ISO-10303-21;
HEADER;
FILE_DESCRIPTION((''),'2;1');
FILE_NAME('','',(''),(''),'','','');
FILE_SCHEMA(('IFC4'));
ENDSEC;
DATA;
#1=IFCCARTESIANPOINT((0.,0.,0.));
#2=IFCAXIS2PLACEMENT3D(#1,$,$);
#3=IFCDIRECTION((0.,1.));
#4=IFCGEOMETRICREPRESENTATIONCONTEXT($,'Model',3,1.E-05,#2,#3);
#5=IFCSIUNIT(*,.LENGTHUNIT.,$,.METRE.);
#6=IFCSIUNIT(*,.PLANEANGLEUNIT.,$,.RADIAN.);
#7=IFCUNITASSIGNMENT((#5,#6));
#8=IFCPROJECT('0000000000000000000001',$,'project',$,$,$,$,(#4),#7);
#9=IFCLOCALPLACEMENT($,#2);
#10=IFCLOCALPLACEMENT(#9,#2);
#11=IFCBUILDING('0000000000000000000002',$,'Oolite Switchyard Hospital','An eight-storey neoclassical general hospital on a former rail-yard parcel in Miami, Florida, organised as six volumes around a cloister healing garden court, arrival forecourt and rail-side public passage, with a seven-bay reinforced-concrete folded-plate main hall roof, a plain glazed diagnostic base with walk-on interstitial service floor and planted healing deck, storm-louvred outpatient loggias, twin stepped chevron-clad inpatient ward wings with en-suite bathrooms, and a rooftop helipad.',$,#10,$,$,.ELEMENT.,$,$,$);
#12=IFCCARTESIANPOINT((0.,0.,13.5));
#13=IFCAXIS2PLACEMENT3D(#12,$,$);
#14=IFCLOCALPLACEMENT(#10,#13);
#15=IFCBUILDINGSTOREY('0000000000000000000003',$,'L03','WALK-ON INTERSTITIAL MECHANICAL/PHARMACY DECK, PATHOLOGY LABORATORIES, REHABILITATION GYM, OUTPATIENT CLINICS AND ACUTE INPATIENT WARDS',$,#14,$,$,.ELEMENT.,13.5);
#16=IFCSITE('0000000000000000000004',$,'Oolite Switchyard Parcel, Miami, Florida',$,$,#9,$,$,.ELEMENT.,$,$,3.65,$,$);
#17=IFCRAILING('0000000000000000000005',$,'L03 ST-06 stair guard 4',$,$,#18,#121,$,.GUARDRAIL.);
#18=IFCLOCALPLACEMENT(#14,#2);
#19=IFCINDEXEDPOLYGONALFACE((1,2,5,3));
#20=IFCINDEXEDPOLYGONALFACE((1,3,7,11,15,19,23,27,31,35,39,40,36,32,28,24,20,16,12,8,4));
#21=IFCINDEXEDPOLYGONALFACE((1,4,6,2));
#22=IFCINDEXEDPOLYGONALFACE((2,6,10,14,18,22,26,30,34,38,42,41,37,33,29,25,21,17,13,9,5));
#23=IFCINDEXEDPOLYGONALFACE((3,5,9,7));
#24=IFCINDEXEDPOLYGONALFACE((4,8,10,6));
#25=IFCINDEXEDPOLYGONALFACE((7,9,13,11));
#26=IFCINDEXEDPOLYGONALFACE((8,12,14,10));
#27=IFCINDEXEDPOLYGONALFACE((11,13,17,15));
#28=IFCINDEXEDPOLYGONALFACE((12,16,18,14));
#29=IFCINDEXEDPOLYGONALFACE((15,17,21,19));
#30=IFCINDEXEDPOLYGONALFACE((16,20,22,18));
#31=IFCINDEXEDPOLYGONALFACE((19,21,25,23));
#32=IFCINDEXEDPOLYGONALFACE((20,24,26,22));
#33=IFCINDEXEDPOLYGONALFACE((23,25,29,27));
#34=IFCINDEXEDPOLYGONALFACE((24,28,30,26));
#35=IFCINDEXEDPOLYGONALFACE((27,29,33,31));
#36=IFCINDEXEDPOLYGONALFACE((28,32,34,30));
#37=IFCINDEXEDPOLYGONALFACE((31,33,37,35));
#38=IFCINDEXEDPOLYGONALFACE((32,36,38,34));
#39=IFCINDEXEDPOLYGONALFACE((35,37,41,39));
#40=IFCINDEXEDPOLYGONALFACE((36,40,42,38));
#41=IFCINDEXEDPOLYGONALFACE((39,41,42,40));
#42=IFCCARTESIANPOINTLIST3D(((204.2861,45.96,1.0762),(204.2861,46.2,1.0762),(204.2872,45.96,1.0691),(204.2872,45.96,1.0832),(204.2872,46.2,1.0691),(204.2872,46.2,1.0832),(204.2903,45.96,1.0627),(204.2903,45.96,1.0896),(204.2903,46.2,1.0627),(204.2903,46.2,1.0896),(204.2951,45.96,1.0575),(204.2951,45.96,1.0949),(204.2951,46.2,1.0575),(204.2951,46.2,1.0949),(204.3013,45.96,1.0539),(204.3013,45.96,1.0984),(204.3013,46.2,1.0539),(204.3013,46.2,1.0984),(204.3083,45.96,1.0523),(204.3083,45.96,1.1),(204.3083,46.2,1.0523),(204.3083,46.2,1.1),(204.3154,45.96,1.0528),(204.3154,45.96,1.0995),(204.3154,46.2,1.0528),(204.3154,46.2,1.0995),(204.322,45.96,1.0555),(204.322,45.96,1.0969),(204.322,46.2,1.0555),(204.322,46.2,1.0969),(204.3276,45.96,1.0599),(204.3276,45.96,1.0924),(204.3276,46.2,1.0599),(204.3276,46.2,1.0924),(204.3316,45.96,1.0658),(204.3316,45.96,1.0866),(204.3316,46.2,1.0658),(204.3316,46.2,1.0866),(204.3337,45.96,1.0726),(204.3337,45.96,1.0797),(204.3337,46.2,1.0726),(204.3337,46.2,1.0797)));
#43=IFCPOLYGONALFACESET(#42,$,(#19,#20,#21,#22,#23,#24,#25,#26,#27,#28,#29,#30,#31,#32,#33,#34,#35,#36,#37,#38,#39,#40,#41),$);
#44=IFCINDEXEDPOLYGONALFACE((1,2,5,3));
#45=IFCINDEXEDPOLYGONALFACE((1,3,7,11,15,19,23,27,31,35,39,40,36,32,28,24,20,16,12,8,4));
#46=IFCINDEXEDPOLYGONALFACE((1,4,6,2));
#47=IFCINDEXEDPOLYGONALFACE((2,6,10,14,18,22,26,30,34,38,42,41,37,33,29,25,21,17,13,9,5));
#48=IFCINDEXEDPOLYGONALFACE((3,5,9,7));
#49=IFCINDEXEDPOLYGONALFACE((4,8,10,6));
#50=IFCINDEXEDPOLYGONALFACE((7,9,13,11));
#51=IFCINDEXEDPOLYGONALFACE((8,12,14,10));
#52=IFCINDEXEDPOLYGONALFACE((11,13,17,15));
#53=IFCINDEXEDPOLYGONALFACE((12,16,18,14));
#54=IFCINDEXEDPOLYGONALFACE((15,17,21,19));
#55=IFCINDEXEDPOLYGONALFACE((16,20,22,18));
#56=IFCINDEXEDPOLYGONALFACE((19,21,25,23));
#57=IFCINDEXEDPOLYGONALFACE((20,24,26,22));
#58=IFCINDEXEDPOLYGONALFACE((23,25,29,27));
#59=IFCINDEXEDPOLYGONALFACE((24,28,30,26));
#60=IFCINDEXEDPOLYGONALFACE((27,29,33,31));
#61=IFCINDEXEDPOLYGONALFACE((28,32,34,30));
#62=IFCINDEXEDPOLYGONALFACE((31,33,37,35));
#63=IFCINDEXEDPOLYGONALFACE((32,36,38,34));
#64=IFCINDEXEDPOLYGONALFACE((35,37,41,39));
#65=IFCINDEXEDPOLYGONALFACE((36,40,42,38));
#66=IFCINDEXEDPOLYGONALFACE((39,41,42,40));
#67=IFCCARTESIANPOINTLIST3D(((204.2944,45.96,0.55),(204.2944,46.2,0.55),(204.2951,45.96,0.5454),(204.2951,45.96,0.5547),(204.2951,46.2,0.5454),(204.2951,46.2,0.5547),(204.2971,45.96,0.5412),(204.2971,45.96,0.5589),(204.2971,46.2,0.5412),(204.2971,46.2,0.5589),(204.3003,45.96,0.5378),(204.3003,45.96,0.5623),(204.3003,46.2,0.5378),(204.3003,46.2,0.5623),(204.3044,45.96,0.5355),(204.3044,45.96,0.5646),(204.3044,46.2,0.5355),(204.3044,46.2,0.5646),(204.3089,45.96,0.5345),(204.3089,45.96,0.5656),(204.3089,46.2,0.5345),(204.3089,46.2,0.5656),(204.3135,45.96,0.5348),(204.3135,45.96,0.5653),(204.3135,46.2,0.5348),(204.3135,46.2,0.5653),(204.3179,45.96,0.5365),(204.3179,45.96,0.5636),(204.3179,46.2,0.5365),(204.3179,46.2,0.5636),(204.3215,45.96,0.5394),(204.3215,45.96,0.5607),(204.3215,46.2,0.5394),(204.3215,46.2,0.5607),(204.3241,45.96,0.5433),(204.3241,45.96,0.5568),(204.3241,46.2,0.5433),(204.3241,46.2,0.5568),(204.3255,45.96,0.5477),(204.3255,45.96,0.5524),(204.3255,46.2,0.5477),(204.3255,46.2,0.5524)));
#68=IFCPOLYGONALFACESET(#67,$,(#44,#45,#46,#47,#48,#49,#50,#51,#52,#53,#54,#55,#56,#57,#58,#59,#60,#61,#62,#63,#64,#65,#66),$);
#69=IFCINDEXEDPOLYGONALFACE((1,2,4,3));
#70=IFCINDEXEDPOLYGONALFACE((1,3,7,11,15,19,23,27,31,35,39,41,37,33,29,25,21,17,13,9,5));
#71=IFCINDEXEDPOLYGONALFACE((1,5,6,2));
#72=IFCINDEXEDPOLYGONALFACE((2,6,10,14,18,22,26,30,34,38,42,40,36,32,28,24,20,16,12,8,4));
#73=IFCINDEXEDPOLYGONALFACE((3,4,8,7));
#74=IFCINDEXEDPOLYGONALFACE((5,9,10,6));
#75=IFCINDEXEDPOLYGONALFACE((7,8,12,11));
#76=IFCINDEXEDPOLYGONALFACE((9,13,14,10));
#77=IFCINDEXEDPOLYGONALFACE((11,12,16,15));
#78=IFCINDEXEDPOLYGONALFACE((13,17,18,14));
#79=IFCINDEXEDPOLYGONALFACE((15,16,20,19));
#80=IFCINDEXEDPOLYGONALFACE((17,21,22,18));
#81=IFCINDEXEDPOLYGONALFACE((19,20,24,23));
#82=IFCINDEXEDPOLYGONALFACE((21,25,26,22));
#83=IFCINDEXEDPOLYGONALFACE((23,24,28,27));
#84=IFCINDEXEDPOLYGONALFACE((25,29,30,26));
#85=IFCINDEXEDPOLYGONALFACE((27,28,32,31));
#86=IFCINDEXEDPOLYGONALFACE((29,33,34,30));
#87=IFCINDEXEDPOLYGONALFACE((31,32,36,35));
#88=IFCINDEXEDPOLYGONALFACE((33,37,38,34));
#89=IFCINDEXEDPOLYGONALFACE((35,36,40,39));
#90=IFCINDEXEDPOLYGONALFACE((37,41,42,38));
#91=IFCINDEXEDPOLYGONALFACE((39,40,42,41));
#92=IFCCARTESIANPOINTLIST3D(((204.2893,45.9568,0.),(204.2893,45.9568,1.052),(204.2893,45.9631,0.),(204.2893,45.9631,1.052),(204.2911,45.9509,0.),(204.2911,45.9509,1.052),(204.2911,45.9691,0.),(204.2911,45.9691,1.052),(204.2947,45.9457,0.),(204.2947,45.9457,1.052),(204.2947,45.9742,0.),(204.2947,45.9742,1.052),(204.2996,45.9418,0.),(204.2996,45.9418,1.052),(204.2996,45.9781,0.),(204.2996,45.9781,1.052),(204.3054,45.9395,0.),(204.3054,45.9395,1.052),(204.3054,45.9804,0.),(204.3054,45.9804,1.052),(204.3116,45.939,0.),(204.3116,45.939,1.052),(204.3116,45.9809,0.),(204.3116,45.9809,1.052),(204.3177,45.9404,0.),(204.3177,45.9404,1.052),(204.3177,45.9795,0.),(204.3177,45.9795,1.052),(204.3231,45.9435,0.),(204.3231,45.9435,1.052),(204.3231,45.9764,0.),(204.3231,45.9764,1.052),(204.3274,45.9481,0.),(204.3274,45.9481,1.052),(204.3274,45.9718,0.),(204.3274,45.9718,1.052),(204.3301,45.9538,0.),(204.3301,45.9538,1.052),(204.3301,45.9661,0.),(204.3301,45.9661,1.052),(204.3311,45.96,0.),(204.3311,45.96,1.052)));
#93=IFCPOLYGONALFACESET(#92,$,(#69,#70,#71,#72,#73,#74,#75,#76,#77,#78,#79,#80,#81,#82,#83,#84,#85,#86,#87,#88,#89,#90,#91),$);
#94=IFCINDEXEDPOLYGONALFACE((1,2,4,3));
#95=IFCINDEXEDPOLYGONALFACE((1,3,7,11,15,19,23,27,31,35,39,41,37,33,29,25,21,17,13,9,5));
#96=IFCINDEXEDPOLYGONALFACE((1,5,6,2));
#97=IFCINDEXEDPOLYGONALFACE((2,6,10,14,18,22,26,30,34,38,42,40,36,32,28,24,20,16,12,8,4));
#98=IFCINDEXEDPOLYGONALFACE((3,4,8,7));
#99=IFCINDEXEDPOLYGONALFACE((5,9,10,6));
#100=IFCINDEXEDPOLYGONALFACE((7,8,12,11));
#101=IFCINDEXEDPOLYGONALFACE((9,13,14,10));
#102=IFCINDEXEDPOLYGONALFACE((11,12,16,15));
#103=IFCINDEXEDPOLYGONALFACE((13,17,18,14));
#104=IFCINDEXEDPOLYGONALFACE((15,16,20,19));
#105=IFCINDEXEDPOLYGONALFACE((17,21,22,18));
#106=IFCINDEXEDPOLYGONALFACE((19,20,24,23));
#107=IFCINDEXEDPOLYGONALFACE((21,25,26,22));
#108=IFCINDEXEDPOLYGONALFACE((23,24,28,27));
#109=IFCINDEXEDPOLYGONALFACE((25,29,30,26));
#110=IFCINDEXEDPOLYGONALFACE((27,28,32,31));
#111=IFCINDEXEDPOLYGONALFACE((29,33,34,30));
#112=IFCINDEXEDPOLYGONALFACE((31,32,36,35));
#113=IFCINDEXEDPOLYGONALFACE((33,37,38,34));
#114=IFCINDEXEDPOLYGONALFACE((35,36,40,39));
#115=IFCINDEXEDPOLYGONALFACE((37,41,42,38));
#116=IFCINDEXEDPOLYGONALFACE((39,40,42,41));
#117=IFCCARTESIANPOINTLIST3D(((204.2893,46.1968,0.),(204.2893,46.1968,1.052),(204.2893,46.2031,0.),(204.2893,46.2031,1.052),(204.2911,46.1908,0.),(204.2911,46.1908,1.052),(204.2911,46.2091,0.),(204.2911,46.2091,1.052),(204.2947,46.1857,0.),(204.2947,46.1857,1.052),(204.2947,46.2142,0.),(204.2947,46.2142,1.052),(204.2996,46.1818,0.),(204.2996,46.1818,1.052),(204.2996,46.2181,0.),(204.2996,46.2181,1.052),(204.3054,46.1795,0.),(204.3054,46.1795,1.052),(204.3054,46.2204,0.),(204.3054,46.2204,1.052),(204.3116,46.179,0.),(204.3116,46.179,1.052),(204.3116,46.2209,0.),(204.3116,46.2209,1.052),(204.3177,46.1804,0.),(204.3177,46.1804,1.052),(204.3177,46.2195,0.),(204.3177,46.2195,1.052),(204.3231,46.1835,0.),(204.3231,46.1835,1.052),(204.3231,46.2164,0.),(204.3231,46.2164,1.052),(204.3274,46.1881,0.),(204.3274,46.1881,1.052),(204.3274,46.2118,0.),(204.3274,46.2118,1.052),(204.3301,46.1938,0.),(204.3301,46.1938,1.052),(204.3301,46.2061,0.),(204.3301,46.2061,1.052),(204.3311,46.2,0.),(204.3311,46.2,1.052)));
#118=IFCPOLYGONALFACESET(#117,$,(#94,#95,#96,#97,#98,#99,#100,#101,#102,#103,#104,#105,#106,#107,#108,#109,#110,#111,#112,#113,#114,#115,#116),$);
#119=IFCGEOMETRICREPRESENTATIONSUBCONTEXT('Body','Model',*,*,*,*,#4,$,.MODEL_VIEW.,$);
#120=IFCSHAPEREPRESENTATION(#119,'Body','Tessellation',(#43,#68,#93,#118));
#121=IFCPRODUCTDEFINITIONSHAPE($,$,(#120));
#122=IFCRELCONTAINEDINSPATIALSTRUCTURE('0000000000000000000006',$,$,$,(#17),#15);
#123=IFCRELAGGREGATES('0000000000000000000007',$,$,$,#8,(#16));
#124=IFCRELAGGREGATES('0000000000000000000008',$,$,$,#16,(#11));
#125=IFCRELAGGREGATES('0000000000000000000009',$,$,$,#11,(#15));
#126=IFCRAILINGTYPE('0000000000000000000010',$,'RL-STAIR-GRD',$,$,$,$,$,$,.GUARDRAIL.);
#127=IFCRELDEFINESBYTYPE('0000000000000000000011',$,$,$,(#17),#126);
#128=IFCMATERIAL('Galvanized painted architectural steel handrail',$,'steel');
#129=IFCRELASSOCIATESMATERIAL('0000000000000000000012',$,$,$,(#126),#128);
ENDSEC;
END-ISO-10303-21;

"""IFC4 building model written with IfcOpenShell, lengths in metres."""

from ifc_helpers import new_model, si_unit, direction, frame, origin, origin_2d, place, context, subcontext, project, spatial, circle, extrude, material, type_object, element, save


model = new_model("IFC4")

# Units and contexts
model_context = context("Model", 3, precision=1e-05, world=origin(), true_north=direction((0.0, 1.0)))
body_context = subcontext(model_context, "Body", "Model", "MODEL_VIEW")
ifc_project = project(units=[si_unit("LENGTHUNIT", "METRE"), si_unit("PLANEANGLEUNIT", "RADIAN")], contexts=[model_context])

# Site, building, storey
site_placement = place(None, origin())
site = spatial("IfcSite", under=ifc_project, at=site_placement, Name="Oolite Switchyard Parcel, Miami, Florida", CompositionType="ELEMENT", RefElevation=3.65)
building_placement = place(site_placement, origin())
building = spatial("IfcBuilding", under=site, at=building_placement, Name="Oolite Switchyard Hospital", Description="An eight-storey neoclassical general hospital on a former rail-yard parcel in Miami, Florida, organised as six volumes around a cloister healing garden court, arrival forecourt and rail-side public passage, with a seven-bay reinforced-concrete folded-plate main hall roof, a plain glazed diagnostic base with walk-on interstitial service floor and planted healing deck, storm-louvred outpatient loggias, twin stepped chevron-clad inpatient ward wings with en-suite bathrooms, and a rooftop helipad.", CompositionType="ELEMENT")
storey_placement = place(building_placement, frame((0.0, 0.0, 13.5)))
storey = spatial("IfcBuildingStorey", under=building, at=storey_placement, Name="L03", Description="WALK-ON INTERSTITIAL MECHANICAL/PHARMACY DECK, PATHOLOGY LABORATORIES, REHABILITATION GYM, OUTPATIENT CLINICS AND ACUTE INPATIENT WARDS", CompositionType="ELEMENT", Elevation=13.5)

# Railing
ifc_material_1 = material(Name="Galvanized painted architectural steel handrail", Category="steel")
railing_type_1 = type_object("IfcRailingType", Name="RL-STAIR-GRD", PredefinedType="GUARDRAIL", material=ifc_material_1)
railing_1_placement = place(storey_placement, frame((204.3101, 45.96, 0.0)))
element("IfcRailing", 1, at=railing_1_placement, inside=storey, type_object=railing_type_1, Name="L03 ST-06 stair guard 4", PredefinedType="GUARDRAIL", context=body_context, shape_type="SweptSolid", body=[
    extrude(circle(Radius=0.0239, at=origin_2d()), frame((0.0, 0.0, 1.0762), z_axis=(0.0, 1.0, 0.0), x_axis=(-1.0, 0.0, 0.0)), (0.0, 0.0, 1.0), 0.24),
    extrude(circle(Radius=0.0156, at=origin_2d()), frame((0.0, 0.0, 0.55), z_axis=(0.0, 1.0, 0.0), x_axis=(-1.0, 0.0, 0.0)), (0.0, 0.0, 1.0), 0.24),
    extrude(circle(Radius=0.021, at=origin_2d()), origin(), (0.0, 0.0, 1.0), 1.052),
    extrude(circle(Radius=0.021, at=origin_2d()), frame((0.0, 0.24, 0.0)), (0.0, 0.0, 1.0), 1.052),
])

save(model, "model.ifc")
